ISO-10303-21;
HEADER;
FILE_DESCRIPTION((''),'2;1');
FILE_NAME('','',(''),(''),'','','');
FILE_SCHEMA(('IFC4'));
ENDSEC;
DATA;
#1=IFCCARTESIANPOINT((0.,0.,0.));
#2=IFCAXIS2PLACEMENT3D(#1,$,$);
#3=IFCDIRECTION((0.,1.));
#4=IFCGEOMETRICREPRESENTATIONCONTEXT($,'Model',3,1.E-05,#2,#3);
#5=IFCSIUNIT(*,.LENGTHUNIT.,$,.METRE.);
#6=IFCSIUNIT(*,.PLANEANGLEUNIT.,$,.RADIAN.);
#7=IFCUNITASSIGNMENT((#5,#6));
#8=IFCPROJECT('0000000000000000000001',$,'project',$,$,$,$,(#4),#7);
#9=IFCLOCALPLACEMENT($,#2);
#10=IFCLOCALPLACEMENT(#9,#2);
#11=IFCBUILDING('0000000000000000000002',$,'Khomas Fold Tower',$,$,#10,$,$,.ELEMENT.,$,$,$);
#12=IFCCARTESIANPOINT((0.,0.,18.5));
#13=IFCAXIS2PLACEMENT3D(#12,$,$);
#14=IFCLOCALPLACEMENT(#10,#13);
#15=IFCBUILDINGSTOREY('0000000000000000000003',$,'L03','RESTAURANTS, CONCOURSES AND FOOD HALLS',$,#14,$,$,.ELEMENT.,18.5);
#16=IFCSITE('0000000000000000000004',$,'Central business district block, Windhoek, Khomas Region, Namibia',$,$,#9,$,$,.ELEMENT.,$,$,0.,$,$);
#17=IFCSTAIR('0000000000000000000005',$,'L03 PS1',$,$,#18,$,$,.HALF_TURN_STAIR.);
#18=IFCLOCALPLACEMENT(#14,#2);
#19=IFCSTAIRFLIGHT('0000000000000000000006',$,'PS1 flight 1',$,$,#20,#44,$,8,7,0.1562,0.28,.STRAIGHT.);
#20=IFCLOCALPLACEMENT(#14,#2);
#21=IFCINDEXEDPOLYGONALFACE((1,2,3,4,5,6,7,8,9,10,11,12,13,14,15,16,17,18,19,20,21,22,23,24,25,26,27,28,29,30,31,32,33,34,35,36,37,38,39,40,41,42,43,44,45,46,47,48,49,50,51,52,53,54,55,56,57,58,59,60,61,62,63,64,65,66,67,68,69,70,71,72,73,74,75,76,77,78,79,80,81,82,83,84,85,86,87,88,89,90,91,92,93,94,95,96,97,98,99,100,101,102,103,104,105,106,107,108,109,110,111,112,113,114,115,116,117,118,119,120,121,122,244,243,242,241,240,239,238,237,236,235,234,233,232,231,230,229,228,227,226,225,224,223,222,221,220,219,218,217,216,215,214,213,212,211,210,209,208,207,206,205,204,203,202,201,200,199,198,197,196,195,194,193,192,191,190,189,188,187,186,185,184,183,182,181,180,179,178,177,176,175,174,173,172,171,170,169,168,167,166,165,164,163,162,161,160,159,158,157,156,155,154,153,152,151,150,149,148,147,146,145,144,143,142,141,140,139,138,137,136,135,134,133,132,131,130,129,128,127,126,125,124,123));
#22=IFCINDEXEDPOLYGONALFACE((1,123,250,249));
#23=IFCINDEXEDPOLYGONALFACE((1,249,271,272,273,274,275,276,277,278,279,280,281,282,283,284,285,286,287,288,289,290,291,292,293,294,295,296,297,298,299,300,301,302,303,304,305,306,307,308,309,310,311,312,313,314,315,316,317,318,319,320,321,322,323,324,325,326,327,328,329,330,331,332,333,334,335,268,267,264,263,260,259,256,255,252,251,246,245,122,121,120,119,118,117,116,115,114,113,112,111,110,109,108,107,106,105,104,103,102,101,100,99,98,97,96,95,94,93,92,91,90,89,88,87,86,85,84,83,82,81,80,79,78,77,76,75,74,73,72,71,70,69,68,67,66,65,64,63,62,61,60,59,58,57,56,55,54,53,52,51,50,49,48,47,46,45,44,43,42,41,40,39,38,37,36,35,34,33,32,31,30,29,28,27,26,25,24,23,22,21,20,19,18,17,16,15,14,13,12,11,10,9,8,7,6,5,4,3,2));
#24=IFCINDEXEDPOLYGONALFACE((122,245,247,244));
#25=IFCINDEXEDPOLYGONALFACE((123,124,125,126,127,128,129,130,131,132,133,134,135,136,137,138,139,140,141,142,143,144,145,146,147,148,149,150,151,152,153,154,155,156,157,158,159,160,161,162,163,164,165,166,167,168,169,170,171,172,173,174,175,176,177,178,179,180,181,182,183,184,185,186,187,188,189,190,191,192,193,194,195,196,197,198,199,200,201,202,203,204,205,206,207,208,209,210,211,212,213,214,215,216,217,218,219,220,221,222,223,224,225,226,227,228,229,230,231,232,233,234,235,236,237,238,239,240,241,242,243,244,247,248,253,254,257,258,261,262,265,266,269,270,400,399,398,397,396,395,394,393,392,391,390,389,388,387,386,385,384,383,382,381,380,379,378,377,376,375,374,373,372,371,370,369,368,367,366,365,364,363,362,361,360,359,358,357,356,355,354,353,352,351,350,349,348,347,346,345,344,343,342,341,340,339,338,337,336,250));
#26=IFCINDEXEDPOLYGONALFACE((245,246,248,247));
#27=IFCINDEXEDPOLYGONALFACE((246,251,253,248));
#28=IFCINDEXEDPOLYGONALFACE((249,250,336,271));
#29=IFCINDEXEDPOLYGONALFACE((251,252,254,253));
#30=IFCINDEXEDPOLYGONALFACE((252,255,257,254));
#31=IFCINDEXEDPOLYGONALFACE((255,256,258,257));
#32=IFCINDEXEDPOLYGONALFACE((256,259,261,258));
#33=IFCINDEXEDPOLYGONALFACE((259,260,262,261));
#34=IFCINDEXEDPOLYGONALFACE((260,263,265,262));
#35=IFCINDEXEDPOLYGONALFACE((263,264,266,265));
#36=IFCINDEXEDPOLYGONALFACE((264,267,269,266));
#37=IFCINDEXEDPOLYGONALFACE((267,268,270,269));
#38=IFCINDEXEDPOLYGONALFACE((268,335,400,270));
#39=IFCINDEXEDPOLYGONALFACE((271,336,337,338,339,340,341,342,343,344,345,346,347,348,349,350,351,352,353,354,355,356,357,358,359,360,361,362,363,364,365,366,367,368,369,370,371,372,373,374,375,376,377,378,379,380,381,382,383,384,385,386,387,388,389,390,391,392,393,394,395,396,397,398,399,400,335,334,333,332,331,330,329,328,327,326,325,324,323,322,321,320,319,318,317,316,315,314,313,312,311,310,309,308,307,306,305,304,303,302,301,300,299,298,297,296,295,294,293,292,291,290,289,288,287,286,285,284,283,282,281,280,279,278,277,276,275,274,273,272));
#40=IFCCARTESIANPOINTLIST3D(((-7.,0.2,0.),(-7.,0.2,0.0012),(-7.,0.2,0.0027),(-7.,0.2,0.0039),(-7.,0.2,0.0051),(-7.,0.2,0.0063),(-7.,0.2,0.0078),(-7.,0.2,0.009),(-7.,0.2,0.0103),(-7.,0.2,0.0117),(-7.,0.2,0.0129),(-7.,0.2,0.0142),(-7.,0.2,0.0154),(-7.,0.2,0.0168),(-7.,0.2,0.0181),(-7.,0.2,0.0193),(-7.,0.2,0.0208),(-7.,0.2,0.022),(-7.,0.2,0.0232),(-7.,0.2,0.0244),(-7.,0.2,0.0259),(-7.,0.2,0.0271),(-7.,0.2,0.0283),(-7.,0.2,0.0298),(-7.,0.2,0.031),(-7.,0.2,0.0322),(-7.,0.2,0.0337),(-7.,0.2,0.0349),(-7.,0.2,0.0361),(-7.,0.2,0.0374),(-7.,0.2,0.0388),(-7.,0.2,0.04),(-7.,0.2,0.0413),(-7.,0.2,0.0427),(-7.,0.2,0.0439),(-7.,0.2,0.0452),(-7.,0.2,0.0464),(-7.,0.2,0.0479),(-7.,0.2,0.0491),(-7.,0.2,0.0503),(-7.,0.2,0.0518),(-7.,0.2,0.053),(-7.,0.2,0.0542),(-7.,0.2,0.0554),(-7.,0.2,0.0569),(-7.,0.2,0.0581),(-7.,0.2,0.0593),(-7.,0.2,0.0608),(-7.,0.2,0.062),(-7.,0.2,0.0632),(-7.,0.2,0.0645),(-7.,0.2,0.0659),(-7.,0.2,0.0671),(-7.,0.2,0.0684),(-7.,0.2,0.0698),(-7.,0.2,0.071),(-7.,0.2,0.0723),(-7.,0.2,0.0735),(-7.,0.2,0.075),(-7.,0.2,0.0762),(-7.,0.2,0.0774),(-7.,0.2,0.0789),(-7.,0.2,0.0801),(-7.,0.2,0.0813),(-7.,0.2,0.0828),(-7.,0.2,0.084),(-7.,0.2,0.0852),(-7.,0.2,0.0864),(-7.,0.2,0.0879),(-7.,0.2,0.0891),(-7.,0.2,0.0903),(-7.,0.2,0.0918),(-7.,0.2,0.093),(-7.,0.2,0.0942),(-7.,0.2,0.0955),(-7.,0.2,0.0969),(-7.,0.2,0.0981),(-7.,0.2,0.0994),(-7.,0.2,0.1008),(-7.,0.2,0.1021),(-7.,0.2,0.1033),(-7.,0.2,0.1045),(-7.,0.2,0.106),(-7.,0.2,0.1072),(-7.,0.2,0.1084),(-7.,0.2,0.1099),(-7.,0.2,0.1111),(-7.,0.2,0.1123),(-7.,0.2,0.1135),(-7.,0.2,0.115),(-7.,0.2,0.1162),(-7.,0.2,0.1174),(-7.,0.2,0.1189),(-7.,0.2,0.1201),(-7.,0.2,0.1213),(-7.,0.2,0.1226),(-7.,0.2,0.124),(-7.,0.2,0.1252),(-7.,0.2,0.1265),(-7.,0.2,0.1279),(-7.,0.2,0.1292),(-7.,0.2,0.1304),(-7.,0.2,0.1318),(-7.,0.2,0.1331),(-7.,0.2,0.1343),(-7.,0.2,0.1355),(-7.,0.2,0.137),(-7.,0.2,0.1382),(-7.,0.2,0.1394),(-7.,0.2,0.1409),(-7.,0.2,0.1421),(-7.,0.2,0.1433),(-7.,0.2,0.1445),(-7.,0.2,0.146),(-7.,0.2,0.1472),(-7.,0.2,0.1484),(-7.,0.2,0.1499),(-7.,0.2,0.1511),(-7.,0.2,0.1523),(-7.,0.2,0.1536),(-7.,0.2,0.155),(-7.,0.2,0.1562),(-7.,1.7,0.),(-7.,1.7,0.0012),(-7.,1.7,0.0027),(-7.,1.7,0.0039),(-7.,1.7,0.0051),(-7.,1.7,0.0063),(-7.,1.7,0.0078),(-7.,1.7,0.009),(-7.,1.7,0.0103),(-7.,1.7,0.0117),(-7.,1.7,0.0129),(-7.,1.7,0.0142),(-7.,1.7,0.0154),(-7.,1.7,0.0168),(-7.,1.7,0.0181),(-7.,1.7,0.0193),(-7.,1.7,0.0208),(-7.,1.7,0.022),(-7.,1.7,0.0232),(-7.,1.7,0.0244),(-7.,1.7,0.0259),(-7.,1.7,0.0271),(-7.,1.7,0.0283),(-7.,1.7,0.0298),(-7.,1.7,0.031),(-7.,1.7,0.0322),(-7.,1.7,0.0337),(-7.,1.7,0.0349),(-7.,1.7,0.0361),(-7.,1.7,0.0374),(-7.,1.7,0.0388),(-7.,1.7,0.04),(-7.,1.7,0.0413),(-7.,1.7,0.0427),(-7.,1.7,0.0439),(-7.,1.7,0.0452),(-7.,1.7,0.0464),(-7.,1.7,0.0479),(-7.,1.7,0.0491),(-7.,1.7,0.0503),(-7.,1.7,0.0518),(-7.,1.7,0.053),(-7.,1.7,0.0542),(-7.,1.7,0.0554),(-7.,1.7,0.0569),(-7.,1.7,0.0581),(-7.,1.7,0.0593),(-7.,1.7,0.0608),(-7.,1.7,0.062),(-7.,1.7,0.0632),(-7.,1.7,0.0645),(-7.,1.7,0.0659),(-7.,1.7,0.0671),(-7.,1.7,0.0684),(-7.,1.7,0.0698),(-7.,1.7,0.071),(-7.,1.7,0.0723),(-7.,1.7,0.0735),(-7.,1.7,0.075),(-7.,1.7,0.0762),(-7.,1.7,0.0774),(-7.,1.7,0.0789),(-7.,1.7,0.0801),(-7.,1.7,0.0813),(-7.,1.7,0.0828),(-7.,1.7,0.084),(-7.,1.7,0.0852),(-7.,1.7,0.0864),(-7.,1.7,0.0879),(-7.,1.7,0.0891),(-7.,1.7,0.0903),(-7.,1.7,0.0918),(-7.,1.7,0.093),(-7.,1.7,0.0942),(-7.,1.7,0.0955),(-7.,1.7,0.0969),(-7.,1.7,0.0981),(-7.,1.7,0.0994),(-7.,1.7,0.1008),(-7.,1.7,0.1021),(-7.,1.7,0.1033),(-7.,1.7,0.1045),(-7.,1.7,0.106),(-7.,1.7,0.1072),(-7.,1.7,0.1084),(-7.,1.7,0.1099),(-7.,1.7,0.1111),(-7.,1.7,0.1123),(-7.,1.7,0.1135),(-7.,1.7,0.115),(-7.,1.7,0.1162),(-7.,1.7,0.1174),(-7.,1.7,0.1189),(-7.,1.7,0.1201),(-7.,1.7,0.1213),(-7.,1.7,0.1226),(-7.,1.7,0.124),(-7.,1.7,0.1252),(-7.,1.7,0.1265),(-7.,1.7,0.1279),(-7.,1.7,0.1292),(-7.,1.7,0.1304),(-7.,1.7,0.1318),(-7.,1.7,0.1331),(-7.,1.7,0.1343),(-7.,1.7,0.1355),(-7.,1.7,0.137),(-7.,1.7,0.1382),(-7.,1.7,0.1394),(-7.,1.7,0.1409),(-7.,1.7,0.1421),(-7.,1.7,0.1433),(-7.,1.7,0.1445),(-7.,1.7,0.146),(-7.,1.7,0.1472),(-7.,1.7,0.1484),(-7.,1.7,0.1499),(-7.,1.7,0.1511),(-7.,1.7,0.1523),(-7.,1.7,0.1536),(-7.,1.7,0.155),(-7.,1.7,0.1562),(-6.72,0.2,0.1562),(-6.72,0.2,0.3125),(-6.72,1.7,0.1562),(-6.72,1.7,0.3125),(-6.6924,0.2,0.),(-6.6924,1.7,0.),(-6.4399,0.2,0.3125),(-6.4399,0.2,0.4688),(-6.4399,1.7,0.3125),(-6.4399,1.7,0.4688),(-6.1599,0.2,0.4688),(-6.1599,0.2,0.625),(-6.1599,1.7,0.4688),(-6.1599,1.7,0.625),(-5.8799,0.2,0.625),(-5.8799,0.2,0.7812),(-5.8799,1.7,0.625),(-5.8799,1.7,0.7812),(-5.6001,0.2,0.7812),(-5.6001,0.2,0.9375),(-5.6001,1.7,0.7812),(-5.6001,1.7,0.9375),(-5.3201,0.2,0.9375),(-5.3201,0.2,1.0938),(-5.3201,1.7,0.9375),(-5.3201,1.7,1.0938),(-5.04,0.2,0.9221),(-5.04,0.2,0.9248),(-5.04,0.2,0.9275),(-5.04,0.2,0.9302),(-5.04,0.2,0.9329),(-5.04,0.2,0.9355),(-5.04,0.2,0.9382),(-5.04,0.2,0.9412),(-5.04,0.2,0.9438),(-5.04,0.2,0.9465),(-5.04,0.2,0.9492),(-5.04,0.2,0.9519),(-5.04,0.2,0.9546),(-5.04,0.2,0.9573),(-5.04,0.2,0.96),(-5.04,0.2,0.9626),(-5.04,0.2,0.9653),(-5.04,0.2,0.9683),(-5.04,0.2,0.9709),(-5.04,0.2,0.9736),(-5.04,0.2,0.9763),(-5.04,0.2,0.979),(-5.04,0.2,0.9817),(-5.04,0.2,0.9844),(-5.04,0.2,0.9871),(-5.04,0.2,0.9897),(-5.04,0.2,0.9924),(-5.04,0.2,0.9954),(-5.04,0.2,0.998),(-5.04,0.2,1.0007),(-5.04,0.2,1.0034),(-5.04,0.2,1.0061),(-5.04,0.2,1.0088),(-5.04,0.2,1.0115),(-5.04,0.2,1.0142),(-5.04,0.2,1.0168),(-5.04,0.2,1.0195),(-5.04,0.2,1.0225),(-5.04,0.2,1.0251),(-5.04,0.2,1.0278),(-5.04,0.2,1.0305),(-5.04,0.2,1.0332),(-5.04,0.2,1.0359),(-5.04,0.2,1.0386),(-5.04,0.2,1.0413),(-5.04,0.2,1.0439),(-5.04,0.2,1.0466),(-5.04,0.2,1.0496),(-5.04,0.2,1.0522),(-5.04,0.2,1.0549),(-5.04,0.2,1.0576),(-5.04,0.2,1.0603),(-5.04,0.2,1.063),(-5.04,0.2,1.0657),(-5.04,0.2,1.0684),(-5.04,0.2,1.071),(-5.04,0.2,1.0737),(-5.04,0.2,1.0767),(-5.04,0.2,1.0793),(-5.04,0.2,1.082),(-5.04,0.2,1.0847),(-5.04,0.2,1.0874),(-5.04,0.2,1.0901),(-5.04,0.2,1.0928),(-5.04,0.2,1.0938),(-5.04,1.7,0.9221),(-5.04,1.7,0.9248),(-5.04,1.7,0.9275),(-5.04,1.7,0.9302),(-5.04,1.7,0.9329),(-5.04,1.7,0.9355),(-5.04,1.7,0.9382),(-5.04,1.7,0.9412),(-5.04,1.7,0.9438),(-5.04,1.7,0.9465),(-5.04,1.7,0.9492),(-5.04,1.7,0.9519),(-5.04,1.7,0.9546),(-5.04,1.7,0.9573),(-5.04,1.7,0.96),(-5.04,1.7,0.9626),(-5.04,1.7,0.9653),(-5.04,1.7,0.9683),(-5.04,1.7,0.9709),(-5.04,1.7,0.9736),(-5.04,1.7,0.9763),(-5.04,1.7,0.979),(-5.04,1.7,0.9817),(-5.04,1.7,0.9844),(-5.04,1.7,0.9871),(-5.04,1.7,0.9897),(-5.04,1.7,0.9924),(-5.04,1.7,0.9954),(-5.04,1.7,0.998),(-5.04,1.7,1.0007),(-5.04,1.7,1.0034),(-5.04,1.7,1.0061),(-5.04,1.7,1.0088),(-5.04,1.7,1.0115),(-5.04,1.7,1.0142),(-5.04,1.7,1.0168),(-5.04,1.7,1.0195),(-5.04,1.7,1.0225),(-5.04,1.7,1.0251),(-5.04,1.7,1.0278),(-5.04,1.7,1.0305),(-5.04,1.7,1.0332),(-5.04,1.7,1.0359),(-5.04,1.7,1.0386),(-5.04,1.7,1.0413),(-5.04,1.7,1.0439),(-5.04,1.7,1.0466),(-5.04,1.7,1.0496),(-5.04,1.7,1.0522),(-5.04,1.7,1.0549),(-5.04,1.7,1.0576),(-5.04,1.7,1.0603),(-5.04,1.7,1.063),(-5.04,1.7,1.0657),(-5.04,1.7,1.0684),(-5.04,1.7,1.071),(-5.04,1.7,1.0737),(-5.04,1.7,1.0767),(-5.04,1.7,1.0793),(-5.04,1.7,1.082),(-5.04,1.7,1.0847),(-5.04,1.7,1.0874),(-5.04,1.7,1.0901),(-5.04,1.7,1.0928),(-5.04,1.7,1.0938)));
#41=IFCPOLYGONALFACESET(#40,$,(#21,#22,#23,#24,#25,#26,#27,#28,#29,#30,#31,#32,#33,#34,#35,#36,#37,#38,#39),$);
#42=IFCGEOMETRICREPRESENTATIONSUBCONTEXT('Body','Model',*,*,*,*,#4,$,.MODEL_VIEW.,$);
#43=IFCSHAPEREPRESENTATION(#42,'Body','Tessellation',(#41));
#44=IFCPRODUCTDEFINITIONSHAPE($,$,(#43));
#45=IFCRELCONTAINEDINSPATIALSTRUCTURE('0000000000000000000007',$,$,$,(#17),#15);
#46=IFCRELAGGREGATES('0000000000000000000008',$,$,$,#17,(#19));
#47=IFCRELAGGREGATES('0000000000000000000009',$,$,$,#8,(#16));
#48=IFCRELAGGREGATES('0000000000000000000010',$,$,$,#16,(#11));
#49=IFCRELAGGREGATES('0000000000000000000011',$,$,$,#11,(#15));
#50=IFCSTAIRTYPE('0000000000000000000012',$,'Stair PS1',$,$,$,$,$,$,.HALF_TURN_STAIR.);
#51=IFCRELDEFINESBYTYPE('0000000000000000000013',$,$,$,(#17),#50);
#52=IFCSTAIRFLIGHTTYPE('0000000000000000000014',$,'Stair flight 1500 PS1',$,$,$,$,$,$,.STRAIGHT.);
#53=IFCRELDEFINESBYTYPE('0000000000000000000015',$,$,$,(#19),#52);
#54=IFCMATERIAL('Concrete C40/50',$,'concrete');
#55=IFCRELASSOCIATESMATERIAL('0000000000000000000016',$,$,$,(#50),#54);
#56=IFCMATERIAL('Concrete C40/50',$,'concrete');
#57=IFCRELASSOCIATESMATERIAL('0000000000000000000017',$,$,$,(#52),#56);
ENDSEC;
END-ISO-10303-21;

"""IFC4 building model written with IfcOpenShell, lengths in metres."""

from ifc_helpers import new_model, si_unit, direction, frame, origin, place, context, subcontext, project, spatial, polyline, outline, extrude, source, transform, mapped, material, type_object, element, aggregate, save


model = new_model("IFC4")

# Units and contexts
model_context = context("Model", 3, precision=1e-05, world=origin(), true_north=direction((0.0, 1.0)))
body_context = subcontext(model_context, "Body", "Model", "MODEL_VIEW")
ifc_project = project(units=[si_unit("LENGTHUNIT", "METRE"), si_unit("PLANEANGLEUNIT", "RADIAN")], contexts=[model_context])

# Site, building, storey
site_placement = place(None, origin())
site = spatial("IfcSite", under=ifc_project, at=site_placement, Name="Central business district block, Windhoek, Khomas Region, Namibia", CompositionType="ELEMENT", RefElevation=0.0)
building_placement = place(site_placement, origin())
building = spatial("IfcBuilding", under=site, at=building_placement, Name="Khomas Fold Tower", CompositionType="ELEMENT")
storey_placement = place(building_placement, frame((0.0, 0.0, 18.5)))
storey = spatial("IfcBuildingStorey", under=building, at=storey_placement, Name="L03", Description="RESTAURANTS, CONCOURSES AND FOOD HALLS", CompositionType="ELEMENT", Elevation=18.5)

# Stair, stair flight
ifc_material_1 = material(Name="Concrete C40/50", Category="concrete")
stair_type = type_object("IfcStairType", Name="Stair PS1", PredefinedType="HALF_TURN_STAIR", material=ifc_material_1)
stair_placement = place(storey_placement, origin())
stair = element("IfcStair", 1, at=stair_placement, inside=storey, type_object=stair_type, Name="L03 PS1", PredefinedType="HALF_TURN_STAIR")
ifc_material_2 = material(Name="Concrete C40/50", Category="concrete")
stair_flight_type = type_object("IfcStairFlightType", Name="Stair flight 1500 PS1", PredefinedType="STRAIGHT", material=ifc_material_2)
shared_shape_1 = source(origin(), body_context, "Body", "SweptSolid", [
    extrude(outline(polyline([(0.0, 0.0), (0.0, 0.0012), (0.0, 0.0027), (0.0, 0.0039), (0.0, 0.0051), (0.0, 0.0063), (0.0, 0.0078), (0.0, 0.009), (0.0, 0.0103), (0.0, 0.0117), (0.0, 0.0129), (0.0, 0.0142), (0.0, 0.0154), (0.0, 0.0168), (0.0, 0.0181), (0.0, 0.0193), (0.0, 0.0208), (0.0, 0.022), (0.0, 0.0232), (0.0, 0.0244), (0.0, 0.0259), (0.0, 0.0271), (0.0, 0.0283), (0.0, 0.0298), (0.0, 0.031), (0.0, 0.0322), (0.0, 0.0337), (0.0, 0.0349), (0.0, 0.0361), (0.0, 0.0374), (0.0, 0.0388), (0.0, 0.04), (0.0, 0.0413), (0.0, 0.0427), (0.0, 0.0439), (0.0, 0.0452), (0.0, 0.0464), (0.0, 0.0479), (0.0, 0.0491), (0.0, 0.0503), (0.0, 0.0518), (0.0, 0.053), (0.0, 0.0542), (0.0, 0.0554), (0.0, 0.0569), (0.0, 0.0581), (0.0, 0.0593), (0.0, 0.0608), (0.0, 0.062), (0.0, 0.0632), (0.0, 0.0645), (0.0, 0.0659), (0.0, 0.0671), (0.0, 0.0684), (0.0, 0.0698), (0.0, 0.071), (0.0, 0.0723), (0.0, 0.0735), (0.0, 0.075), (0.0, 0.0762), (0.0, 0.0774), (0.0, 0.0789), (0.0, 0.0801), (0.0, 0.0813), (0.0, 0.0828), (0.0, 0.084), (0.0, 0.0852), (0.0, 0.0864), (0.0, 0.0879), (0.0, 0.0891), (0.0, 0.0903), (0.0, 0.0918), (0.0, 0.093), (0.0, 0.0942), (0.0, 0.0955), (0.0, 0.0969), (0.0, 0.0981), (0.0, 0.0994), (0.0, 0.1008), (0.0, 0.1021), (0.0, 0.1033), (0.0, 0.1045), (0.0, 0.106), (0.0, 0.1072), (0.0, 0.1084), (0.0, 0.1099), (0.0, 0.1111), (0.0, 0.1123), (0.0, 0.1135), (0.0, 0.115), (0.0, 0.1162), (0.0, 0.1174), (0.0, 0.1189), (0.0, 0.1201), (0.0, 0.1213), (0.0, 0.1226), (0.0, 0.124), (0.0, 0.1252), (0.0, 0.1265), (0.0, 0.1279), (0.0, 0.1292), (0.0, 0.1304), (0.0, 0.1318), (0.0, 0.1331), (0.0, 0.1343), (0.0, 0.1355), (0.0, 0.137), (0.0, 0.1382), (0.0, 0.1394), (0.0, 0.1409), (0.0, 0.1421), (0.0, 0.1433), (0.0, 0.1445), (0.0, 0.146), (0.0, 0.1472), (0.0, 0.1484), (0.0, 0.1499), (0.0, 0.1511), (0.0, 0.1523), (0.0, 0.1536), (0.0, 0.155), (0.0, 0.1562), (0.28, 0.1562), (0.28, 0.3125), (0.5601, 0.3125), (0.5601, 0.4688), (0.8401, 0.4688), (0.8401, 0.625), (1.1201, 0.625), (1.1201, 0.7812), (1.3999, 0.7812), (1.3999, 0.9375), (1.6799, 0.9375), (1.6799, 1.0938), (1.96, 1.0938), (1.96, 1.25), (1.96, 1.2473), (1.96, 1.2446), (1.96, 1.2419), (1.96, 1.2393), (1.96, 1.2363), (1.96, 1.2336), (1.96, 1.231), (1.96, 1.2283), (1.96, 1.2256), (1.96, 1.2229), (1.96, 1.2202), (1.96, 1.2175), (1.96, 1.2148), (1.96, 1.2122), (1.96, 1.2092), (1.96, 1.2065), (1.96, 1.2039), (1.96, 1.2012), (1.96, 1.1985), (1.96, 1.1958), (1.96, 1.1931), (1.96, 1.1904), (1.96, 1.1877), (1.96, 1.1851), (1.96, 1.1821), (1.96, 1.1794), (1.96, 1.1768), (1.96, 1.1741), (1.96, 1.1714), (1.96, 1.1687), (1.96, 1.166), (1.96, 1.1633), (1.96, 1.1606), (1.96, 1.158), (1.96, 1.155), (1.96, 1.1523), (1.96, 1.1497), (1.96, 1.147), (1.96, 1.1443), (1.96, 1.1416), (1.96, 1.1389), (1.96, 1.1362), (1.96, 1.1335), (1.96, 1.1309), (1.96, 1.1279), (1.96, 1.1252), (1.96, 1.1226), (1.96, 1.1199), (1.96, 1.1172), (1.96, 1.1145), (1.96, 1.1118), (1.96, 1.1091), (1.96, 1.1064), (1.96, 1.1038), (1.96, 1.1008), (1.96, 1.0981), (1.96, 1.0955), (1.96, 1.0928), (1.96, 1.0901), (1.96, 1.0874), (1.96, 1.0847), (1.96, 1.082), (1.96, 1.0793), (1.96, 1.0767), (1.96, 1.0737), (1.96, 1.071), (1.96, 1.0684), (1.96, 1.0657), (1.96, 1.063), (1.96, 1.0603), (1.96, 1.0576), (1.96, 1.0549), (1.96, 1.0522), (1.96, 1.0496), (1.96, 1.0466), (1.96, 1.0439), (1.96, 1.0413), (1.96, 1.0386), (1.96, 1.0359), (1.96, 1.0332), (1.96, 1.0305), (1.96, 1.0278), (1.96, 1.0251), (1.96, 1.0225), (1.96, 1.0195), (1.96, 1.0168), (1.96, 1.0142), (1.96, 1.0115), (1.96, 1.0088), (1.96, 1.0061), (1.96, 1.0034), (1.96, 1.0007), (1.96, 0.998), (1.96, 0.9954), (1.96, 0.9924), (1.96, 0.9897), (1.96, 0.9871), (1.96, 0.9844), (1.96, 0.9817), (1.96, 0.979), (1.96, 0.9763), (1.96, 0.9736), (1.96, 0.9709), (1.96, 0.9683), (1.96, 0.9653), (1.96, 0.9626), (1.96, 0.96), (1.96, 0.9573), (1.96, 0.9546), (1.96, 0.9519), (1.96, 0.9492), (1.96, 0.9465), (1.96, 0.9438), (1.96, 0.9412), (1.96, 0.9382), (1.96, 0.9355), (1.96, 0.9329), (1.96, 0.9302), (1.96, 0.9275), (1.96, 0.9248), (1.96, 0.9221), (0.3076, 0.0), (0.0, 0.0)])), frame((0.0, 0.75, 0.0), z_axis=(0.0, -1.0, 0.0), x_axis=(1.0, 0.0, 0.0)), (0.0, 0.0, 1.0), 1.5),
])
stair_flight_1_placement = place(storey_placement, frame((-7.0, 0.95, 0.0), z_axis=(0.0, 0.0, 1.0), x_axis=(1.0, 0.0, 0.0)))
stair_flight_1 = element("IfcStairFlight", 2, at=stair_flight_1_placement, type_object=stair_flight_type, Name="PS1 flight 1", NumberOfRisers=8, NumberOfTreads=7, PredefinedType="STRAIGHT", RiserHeight=0.1562, TreadLength=0.28, context=body_context, shape_type="MappedRepresentation", body=[
    mapped(shared_shape_1, transform((0.0, 0.0, 0.0))),
])
aggregate(stair, [stair_flight_1])

save(model, "model.ifc")
